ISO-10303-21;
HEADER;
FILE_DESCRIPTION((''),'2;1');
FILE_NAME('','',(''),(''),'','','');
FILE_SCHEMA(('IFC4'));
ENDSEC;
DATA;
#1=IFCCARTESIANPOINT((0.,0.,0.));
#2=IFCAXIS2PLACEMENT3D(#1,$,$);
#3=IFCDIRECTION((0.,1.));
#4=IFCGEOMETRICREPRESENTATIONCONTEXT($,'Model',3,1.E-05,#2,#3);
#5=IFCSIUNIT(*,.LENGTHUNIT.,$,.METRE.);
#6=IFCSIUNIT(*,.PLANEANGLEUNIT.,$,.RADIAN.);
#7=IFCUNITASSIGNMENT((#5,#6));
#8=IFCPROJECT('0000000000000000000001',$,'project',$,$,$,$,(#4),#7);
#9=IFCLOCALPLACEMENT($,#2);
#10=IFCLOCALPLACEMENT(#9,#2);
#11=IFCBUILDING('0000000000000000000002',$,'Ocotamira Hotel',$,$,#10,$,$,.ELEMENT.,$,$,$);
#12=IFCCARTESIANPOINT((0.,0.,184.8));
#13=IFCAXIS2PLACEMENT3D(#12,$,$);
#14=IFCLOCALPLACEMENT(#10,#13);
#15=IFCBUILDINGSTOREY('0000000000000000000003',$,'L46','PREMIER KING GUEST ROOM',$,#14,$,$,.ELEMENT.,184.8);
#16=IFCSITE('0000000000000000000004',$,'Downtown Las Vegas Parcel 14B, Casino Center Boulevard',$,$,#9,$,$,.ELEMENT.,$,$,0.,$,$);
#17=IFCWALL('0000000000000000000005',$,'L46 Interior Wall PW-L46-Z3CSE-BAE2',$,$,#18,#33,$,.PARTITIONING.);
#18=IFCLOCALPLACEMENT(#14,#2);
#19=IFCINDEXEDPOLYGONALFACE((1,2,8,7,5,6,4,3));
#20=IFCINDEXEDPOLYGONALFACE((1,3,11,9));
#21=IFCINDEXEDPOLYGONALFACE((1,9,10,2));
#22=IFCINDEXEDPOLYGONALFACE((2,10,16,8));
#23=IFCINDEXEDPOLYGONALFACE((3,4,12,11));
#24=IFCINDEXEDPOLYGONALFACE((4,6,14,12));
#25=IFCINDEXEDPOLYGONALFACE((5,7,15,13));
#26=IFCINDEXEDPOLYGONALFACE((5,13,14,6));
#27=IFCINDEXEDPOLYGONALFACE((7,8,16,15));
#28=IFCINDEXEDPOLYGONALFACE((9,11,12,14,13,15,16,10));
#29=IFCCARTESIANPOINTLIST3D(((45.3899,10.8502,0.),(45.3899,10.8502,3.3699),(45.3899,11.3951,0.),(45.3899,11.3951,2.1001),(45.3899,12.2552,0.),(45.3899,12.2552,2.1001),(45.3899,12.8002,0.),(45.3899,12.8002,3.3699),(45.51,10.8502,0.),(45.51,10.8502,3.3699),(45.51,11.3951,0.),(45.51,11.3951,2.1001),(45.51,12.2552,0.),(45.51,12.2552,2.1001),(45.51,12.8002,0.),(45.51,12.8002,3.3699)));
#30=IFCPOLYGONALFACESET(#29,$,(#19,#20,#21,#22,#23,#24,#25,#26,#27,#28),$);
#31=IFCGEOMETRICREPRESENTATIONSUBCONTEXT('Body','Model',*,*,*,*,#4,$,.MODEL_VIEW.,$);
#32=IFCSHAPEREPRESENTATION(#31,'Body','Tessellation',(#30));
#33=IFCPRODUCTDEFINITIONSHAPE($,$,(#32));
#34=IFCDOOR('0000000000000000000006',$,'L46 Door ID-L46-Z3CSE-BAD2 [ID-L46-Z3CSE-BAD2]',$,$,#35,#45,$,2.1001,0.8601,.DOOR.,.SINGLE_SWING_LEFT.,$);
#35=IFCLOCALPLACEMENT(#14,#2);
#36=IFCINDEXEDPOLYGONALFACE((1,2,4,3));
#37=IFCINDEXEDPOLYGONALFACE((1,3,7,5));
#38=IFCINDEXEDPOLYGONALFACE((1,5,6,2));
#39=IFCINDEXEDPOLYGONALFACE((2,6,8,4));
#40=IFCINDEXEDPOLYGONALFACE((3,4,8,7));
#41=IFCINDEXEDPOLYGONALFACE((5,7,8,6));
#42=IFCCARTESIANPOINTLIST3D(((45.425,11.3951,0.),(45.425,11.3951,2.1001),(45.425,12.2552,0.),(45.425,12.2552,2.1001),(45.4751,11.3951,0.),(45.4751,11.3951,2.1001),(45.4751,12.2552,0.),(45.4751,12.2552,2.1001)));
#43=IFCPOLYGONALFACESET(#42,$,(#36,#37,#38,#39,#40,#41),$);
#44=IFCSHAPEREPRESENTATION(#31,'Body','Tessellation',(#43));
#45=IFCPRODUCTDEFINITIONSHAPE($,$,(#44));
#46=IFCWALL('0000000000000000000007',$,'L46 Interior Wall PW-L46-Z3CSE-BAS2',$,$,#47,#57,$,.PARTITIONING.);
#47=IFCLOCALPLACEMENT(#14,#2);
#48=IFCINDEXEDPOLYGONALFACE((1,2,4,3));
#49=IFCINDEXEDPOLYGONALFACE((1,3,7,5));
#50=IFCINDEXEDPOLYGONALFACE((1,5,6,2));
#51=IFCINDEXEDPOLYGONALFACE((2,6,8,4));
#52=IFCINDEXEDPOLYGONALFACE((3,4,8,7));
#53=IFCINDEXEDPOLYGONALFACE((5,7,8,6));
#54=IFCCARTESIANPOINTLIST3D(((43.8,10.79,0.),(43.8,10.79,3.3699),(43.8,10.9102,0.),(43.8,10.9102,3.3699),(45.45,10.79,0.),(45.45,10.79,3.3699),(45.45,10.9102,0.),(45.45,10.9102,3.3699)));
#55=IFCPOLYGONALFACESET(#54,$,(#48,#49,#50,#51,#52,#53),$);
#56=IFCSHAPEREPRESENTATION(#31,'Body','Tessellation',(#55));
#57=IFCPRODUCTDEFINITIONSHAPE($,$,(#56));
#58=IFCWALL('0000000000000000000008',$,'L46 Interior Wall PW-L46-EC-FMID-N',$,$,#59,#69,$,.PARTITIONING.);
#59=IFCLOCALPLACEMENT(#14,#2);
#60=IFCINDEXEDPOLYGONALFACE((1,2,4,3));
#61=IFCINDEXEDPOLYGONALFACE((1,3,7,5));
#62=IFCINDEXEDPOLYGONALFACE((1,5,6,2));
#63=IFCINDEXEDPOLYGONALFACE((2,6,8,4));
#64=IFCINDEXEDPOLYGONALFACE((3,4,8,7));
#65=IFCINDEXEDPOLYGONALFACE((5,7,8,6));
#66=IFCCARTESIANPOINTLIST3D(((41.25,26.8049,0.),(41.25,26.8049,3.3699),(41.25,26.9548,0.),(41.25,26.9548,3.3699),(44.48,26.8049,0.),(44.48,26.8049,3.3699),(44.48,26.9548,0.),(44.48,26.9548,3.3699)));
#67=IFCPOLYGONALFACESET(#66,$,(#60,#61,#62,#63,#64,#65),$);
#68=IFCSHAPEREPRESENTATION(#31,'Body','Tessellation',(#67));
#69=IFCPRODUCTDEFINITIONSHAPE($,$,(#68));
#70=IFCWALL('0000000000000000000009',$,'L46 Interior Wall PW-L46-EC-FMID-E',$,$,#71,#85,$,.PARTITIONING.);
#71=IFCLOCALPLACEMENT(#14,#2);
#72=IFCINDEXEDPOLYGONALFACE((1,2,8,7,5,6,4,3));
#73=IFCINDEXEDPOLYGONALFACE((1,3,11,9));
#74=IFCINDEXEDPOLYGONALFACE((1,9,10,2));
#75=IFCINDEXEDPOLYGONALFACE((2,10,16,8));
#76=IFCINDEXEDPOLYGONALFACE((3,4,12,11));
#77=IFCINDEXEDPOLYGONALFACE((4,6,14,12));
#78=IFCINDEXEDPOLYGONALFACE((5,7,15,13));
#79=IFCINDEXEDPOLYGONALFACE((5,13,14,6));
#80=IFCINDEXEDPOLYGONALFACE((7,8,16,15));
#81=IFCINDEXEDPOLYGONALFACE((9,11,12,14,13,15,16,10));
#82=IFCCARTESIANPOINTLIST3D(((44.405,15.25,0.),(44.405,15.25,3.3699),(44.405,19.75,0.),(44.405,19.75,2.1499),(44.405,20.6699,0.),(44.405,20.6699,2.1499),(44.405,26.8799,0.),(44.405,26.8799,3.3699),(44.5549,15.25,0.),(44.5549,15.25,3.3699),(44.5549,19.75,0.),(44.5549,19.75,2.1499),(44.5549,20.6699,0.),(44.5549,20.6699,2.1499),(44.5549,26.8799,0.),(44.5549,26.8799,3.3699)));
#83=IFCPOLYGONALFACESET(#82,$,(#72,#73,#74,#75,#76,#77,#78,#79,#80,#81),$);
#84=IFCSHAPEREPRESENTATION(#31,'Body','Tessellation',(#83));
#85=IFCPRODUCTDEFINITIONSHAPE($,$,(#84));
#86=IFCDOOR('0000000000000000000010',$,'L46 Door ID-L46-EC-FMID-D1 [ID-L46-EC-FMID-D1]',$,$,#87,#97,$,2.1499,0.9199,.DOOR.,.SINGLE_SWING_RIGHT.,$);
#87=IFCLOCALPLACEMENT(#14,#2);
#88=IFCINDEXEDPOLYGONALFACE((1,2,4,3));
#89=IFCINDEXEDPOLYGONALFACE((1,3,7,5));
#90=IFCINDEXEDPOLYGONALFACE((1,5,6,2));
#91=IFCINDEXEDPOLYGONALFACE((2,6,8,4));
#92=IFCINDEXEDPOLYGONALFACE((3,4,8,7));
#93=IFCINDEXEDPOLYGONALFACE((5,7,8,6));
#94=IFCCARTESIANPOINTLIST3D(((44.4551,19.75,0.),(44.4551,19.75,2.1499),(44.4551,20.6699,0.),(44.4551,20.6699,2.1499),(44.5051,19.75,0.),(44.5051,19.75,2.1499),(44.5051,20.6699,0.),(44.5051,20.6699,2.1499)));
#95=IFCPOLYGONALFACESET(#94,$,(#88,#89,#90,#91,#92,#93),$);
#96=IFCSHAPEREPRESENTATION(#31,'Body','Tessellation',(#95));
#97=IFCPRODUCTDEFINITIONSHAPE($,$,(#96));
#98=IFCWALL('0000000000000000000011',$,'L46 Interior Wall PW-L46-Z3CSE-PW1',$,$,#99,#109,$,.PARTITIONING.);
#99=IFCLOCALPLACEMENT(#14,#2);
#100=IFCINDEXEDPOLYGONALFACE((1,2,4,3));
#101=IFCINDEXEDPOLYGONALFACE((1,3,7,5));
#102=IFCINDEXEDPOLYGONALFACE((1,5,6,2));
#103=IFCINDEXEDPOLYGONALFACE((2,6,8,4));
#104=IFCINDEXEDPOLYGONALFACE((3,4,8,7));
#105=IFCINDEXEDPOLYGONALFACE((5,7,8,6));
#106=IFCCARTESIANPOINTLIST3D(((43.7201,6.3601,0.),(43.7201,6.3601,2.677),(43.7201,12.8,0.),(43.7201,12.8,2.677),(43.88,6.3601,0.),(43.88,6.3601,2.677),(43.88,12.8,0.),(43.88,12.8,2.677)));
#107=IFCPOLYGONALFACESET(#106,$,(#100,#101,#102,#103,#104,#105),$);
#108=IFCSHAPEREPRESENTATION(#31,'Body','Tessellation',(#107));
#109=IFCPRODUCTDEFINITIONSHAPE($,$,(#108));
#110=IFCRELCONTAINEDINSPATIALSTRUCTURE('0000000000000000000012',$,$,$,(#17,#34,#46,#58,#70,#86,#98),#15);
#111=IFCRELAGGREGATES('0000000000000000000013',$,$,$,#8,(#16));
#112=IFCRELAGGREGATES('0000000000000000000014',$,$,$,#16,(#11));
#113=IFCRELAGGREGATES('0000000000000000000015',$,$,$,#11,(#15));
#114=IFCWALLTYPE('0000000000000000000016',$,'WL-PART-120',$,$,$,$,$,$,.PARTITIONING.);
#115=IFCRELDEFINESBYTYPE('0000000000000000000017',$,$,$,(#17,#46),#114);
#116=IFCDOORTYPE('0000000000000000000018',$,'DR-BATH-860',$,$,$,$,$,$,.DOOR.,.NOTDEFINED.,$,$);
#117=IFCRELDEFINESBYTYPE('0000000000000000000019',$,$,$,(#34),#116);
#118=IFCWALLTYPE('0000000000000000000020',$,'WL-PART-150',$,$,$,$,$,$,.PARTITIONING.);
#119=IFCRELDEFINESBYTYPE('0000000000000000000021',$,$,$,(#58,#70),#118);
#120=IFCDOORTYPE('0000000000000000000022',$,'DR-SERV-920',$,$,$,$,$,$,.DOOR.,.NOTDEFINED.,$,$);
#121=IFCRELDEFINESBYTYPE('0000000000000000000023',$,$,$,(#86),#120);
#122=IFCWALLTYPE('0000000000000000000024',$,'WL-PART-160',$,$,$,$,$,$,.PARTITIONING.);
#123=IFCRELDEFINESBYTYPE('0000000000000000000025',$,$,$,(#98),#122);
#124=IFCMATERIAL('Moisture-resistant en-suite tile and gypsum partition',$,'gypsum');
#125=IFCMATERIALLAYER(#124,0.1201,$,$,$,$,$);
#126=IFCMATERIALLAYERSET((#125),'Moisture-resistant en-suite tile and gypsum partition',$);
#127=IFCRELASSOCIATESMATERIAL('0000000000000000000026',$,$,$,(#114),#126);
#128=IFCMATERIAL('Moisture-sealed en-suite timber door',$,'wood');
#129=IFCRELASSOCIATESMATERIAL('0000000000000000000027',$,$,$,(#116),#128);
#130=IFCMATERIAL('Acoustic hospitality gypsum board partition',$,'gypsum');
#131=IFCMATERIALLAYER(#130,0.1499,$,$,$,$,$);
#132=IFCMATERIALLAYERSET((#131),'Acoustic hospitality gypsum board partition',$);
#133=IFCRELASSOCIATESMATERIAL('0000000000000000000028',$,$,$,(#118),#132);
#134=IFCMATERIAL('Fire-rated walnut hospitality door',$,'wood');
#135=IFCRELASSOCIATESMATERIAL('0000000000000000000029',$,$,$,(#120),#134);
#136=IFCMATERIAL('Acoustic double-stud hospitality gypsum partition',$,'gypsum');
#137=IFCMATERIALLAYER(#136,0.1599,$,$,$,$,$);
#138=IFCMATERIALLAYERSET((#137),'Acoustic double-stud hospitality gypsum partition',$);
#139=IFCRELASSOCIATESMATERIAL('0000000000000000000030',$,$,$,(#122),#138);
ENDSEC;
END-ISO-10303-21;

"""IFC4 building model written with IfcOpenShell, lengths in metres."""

from ifc_helpers import new_model, si_unit, direction, frame, frame_2d, origin, place, context, subcontext, project, spatial, rectangle, extrude, source, transform, mapped, material, layer, layer_set, type_object, element, fill, save


model = new_model("IFC4")

# Units and contexts
model_context = context("Model", 3, precision=1e-05, world=origin(), true_north=direction((0.0, 1.0)))
body_context = subcontext(model_context, "Body", "Model", "MODEL_VIEW")
ifc_project = project(units=[si_unit("LENGTHUNIT", "METRE"), si_unit("PLANEANGLEUNIT", "RADIAN")], contexts=[model_context])

# Site, building, storey
site_placement = place(None, origin())
site = spatial("IfcSite", under=ifc_project, at=site_placement, Name="Downtown Las Vegas Parcel 14B, Casino Center Boulevard", CompositionType="ELEMENT", RefElevation=0.0)
building_placement = place(site_placement, origin())
building = spatial("IfcBuilding", under=site, at=building_placement, Name="Ocotamira Hotel", CompositionType="ELEMENT")
storey_placement = place(building_placement, frame((0.0, 0.0, 184.8)))
storey = spatial("IfcBuildingStorey", under=building, at=storey_placement, Name="L46", Description="PREMIER KING GUEST ROOM", CompositionType="ELEMENT", Elevation=184.8)

# Wall, opening, door
ifc_material_1 = material(Name="Moisture-resistant en-suite tile and gypsum partition", Category="gypsum")
ifc_layer_1 = layer(ifc_material_1, 0.1201)
ifc_layer_set_1 = layer_set([ifc_layer_1], Name="Moisture-resistant en-suite tile and gypsum partition")
wall_type_1 = type_object("IfcWallType", Name="WL-PART-120", PredefinedType="PARTITIONING", material=ifc_layer_set_1)
wall_1_placement = place(storey_placement, frame((45.45, 10.8501, 0.0), z_axis=(0.0, 0.0, 1.0), x_axis=(0.0, 1.0, 0.0)))
wall_1 = element("IfcWall", 1, at=wall_1_placement, inside=storey, type_object=wall_type_1, Name="L46 Interior Wall PW-L46-Z3CSE-BAE2", PredefinedType="PARTITIONING", context=body_context, shape_type="SweptSolid", body=[
    extrude(rectangle(XDim=1.95, YDim=0.1201, at=frame_2d((0.9751, 0.0))), origin(), (0.0, 0.0, 1.0), 3.3699),
])
opening_1_placement = place(wall_1_placement, frame((0.5449, 0.0, 0.0)))
opening_1 = element("IfcOpeningElement", 2, at=opening_1_placement, cuts=wall_1, PredefinedType="OPENING", context=body_context, shape_type="SweptSolid", body=[
    extrude(rectangle(XDim=0.8601, YDim=2.1001, at=frame_2d((0.4302, 1.05))), frame((0.0, 0.0701, 0.0), z_axis=(0.0, -1.0, 0.0), x_axis=(1.0, 0.0, 0.0)), (0.0, 0.0, 1.0), 0.1401),
])
ifc_material_2 = material(Name="Moisture-sealed en-suite timber door", Category="wood")
door_type_1 = type_object("IfcDoorType", Name="DR-BATH-860", OperationType="NOTDEFINED", PredefinedType="DOOR", material=ifc_material_2)
shared_shape_1 = source(origin(), body_context, "Body", "SweptSolid", [
    extrude(rectangle(XDim=0.8601, YDim=2.1001, at=frame_2d((0.4302, 1.05))), frame((0.0, 0.0249, 0.0), z_axis=(0.0, -1.0, 0.0), x_axis=(1.0, 0.0, 0.0)), (0.0, 0.0, 1.0), 0.05),
])
door_1_placement = place(opening_1_placement, origin())
door_1 = element("IfcDoor", 3, at=door_1_placement, inside=storey, type_object=door_type_1, Name="L46 Door ID-L46-Z3CSE-BAD2 [ID-L46-Z3CSE-BAD2]", OperationType="SINGLE_SWING_LEFT", OverallHeight=2.1001, OverallWidth=0.8601, PredefinedType="DOOR", context=body_context, shape_type="MappedRepresentation", body=[
    mapped(shared_shape_1, transform((0.0, 0.0, 0.0), scale=1.0)),
])
fill(opening_1, door_1)

# Walls
wall_2_placement = place(storey_placement, frame((43.8, 10.8501, 0.0), z_axis=(0.0, 0.0, 1.0), x_axis=(1.0, 0.0, 0.0)))
element("IfcWall", 4, at=wall_2_placement, inside=storey, type_object=wall_type_1, Name="L46 Interior Wall PW-L46-Z3CSE-BAS2", PredefinedType="PARTITIONING", context=body_context, shape_type="SweptSolid", body=[
    extrude(rectangle(XDim=1.6499, YDim=0.1201, at=frame_2d((0.825, 0.0))), origin(), (0.0, 0.0, 1.0), 3.3699),
])
ifc_material_3 = material(Name="Acoustic hospitality gypsum board partition", Category="gypsum")
ifc_layer_2 = layer(ifc_material_3, 0.1499)
ifc_layer_set_2 = layer_set([ifc_layer_2], Name="Acoustic hospitality gypsum board partition")
wall_type_2 = type_object("IfcWallType", Name="WL-PART-150", PredefinedType="PARTITIONING", material=ifc_layer_set_2)
wall_3_placement = place(storey_placement, frame((41.25, 26.8799, 0.0), z_axis=(0.0, 0.0, 1.0), x_axis=(1.0, 0.0, 0.0)))
element("IfcWall", 5, at=wall_3_placement, inside=storey, type_object=wall_type_2, Name="L46 Interior Wall PW-L46-EC-FMID-N", PredefinedType="PARTITIONING", context=body_context, shape_type="SweptSolid", body=[
    extrude(rectangle(XDim=3.23, YDim=0.1499, at=frame_2d((1.615, 0.0))), origin(), (0.0, 0.0, 1.0), 3.3699),
])

# Wall, opening, door
wall_4_placement = place(storey_placement, frame((44.48, 15.25, 0.0), z_axis=(0.0, 0.0, 1.0), x_axis=(0.0, 1.0, 0.0)))
wall_4 = element("IfcWall", 6, at=wall_4_placement, inside=storey, type_object=wall_type_2, Name="L46 Interior Wall PW-L46-EC-FMID-E", PredefinedType="PARTITIONING", context=body_context, shape_type="SweptSolid", body=[
    extrude(rectangle(XDim=11.6299, YDim=0.1499, at=frame_2d((5.8149, 0.0))), origin(), (0.0, 0.0, 1.0), 3.3699),
])
opening_2_placement = place(wall_4_placement, frame((4.5, 0.0, 0.0)))
opening_2 = element("IfcOpeningElement", 7, at=opening_2_placement, cuts=wall_4, PredefinedType="OPENING", context=body_context, shape_type="SweptSolid", body=[
    extrude(rectangle(XDim=0.9199, YDim=2.1499, at=frame_2d((0.46, 1.075))), frame((0.0, 0.085, 0.0), z_axis=(0.0, -1.0, 0.0), x_axis=(1.0, 0.0, 0.0)), (0.0, 0.0, 1.0), 0.1699),
])
ifc_material_4 = material(Name="Fire-rated walnut hospitality door", Category="wood")
door_type_2 = type_object("IfcDoorType", Name="DR-SERV-920", OperationType="NOTDEFINED", PredefinedType="DOOR", material=ifc_material_4)
shared_shape_2 = source(origin(), body_context, "Body", "SweptSolid", [
    extrude(rectangle(XDim=0.9199, YDim=2.1499, at=frame_2d((0.46, 1.075))), frame((0.0, 0.0249, 0.0), z_axis=(0.0, -1.0, 0.0), x_axis=(1.0, 0.0, 0.0)), (0.0, 0.0, 1.0), 0.05),
])
door_2_placement = place(opening_2_placement, origin())
door_2 = element("IfcDoor", 8, at=door_2_placement, inside=storey, type_object=door_type_2, Name="L46 Door ID-L46-EC-FMID-D1 [ID-L46-EC-FMID-D1]", OperationType="SINGLE_SWING_RIGHT", OverallHeight=2.1499, OverallWidth=0.9199, PredefinedType="DOOR", context=body_context, shape_type="MappedRepresentation", body=[
    mapped(shared_shape_2, transform((0.0, 0.0, 0.0), scale=1.0)),
])
fill(opening_2, door_2)

# Wall
ifc_material_5 = material(Name="Acoustic double-stud hospitality gypsum partition", Category="gypsum")
ifc_layer_3 = layer(ifc_material_5, 0.1599)
ifc_layer_set_3 = layer_set([ifc_layer_3], Name="Acoustic double-stud hospitality gypsum partition")
wall_type_3 = type_object("IfcWallType", Name="WL-PART-160", PredefinedType="PARTITIONING", material=ifc_layer_set_3)
wall_5_placement = place(storey_placement, frame((43.8, 6.3601, 0.0), z_axis=(0.0, 0.0, 1.0), x_axis=(0.0, 1.0, 0.0)))
element("IfcWall", 9, at=wall_5_placement, inside=storey, type_object=wall_type_3, Name="L46 Interior Wall PW-L46-Z3CSE-PW1", PredefinedType="PARTITIONING", context=body_context, shape_type="SweptSolid", body=[
    extrude(rectangle(XDim=6.4399, YDim=0.1599, at=frame_2d((3.22, 0.0))), origin(), (0.0, 0.0, 1.0), 2.677),
])

save(model, "model.ifc")
